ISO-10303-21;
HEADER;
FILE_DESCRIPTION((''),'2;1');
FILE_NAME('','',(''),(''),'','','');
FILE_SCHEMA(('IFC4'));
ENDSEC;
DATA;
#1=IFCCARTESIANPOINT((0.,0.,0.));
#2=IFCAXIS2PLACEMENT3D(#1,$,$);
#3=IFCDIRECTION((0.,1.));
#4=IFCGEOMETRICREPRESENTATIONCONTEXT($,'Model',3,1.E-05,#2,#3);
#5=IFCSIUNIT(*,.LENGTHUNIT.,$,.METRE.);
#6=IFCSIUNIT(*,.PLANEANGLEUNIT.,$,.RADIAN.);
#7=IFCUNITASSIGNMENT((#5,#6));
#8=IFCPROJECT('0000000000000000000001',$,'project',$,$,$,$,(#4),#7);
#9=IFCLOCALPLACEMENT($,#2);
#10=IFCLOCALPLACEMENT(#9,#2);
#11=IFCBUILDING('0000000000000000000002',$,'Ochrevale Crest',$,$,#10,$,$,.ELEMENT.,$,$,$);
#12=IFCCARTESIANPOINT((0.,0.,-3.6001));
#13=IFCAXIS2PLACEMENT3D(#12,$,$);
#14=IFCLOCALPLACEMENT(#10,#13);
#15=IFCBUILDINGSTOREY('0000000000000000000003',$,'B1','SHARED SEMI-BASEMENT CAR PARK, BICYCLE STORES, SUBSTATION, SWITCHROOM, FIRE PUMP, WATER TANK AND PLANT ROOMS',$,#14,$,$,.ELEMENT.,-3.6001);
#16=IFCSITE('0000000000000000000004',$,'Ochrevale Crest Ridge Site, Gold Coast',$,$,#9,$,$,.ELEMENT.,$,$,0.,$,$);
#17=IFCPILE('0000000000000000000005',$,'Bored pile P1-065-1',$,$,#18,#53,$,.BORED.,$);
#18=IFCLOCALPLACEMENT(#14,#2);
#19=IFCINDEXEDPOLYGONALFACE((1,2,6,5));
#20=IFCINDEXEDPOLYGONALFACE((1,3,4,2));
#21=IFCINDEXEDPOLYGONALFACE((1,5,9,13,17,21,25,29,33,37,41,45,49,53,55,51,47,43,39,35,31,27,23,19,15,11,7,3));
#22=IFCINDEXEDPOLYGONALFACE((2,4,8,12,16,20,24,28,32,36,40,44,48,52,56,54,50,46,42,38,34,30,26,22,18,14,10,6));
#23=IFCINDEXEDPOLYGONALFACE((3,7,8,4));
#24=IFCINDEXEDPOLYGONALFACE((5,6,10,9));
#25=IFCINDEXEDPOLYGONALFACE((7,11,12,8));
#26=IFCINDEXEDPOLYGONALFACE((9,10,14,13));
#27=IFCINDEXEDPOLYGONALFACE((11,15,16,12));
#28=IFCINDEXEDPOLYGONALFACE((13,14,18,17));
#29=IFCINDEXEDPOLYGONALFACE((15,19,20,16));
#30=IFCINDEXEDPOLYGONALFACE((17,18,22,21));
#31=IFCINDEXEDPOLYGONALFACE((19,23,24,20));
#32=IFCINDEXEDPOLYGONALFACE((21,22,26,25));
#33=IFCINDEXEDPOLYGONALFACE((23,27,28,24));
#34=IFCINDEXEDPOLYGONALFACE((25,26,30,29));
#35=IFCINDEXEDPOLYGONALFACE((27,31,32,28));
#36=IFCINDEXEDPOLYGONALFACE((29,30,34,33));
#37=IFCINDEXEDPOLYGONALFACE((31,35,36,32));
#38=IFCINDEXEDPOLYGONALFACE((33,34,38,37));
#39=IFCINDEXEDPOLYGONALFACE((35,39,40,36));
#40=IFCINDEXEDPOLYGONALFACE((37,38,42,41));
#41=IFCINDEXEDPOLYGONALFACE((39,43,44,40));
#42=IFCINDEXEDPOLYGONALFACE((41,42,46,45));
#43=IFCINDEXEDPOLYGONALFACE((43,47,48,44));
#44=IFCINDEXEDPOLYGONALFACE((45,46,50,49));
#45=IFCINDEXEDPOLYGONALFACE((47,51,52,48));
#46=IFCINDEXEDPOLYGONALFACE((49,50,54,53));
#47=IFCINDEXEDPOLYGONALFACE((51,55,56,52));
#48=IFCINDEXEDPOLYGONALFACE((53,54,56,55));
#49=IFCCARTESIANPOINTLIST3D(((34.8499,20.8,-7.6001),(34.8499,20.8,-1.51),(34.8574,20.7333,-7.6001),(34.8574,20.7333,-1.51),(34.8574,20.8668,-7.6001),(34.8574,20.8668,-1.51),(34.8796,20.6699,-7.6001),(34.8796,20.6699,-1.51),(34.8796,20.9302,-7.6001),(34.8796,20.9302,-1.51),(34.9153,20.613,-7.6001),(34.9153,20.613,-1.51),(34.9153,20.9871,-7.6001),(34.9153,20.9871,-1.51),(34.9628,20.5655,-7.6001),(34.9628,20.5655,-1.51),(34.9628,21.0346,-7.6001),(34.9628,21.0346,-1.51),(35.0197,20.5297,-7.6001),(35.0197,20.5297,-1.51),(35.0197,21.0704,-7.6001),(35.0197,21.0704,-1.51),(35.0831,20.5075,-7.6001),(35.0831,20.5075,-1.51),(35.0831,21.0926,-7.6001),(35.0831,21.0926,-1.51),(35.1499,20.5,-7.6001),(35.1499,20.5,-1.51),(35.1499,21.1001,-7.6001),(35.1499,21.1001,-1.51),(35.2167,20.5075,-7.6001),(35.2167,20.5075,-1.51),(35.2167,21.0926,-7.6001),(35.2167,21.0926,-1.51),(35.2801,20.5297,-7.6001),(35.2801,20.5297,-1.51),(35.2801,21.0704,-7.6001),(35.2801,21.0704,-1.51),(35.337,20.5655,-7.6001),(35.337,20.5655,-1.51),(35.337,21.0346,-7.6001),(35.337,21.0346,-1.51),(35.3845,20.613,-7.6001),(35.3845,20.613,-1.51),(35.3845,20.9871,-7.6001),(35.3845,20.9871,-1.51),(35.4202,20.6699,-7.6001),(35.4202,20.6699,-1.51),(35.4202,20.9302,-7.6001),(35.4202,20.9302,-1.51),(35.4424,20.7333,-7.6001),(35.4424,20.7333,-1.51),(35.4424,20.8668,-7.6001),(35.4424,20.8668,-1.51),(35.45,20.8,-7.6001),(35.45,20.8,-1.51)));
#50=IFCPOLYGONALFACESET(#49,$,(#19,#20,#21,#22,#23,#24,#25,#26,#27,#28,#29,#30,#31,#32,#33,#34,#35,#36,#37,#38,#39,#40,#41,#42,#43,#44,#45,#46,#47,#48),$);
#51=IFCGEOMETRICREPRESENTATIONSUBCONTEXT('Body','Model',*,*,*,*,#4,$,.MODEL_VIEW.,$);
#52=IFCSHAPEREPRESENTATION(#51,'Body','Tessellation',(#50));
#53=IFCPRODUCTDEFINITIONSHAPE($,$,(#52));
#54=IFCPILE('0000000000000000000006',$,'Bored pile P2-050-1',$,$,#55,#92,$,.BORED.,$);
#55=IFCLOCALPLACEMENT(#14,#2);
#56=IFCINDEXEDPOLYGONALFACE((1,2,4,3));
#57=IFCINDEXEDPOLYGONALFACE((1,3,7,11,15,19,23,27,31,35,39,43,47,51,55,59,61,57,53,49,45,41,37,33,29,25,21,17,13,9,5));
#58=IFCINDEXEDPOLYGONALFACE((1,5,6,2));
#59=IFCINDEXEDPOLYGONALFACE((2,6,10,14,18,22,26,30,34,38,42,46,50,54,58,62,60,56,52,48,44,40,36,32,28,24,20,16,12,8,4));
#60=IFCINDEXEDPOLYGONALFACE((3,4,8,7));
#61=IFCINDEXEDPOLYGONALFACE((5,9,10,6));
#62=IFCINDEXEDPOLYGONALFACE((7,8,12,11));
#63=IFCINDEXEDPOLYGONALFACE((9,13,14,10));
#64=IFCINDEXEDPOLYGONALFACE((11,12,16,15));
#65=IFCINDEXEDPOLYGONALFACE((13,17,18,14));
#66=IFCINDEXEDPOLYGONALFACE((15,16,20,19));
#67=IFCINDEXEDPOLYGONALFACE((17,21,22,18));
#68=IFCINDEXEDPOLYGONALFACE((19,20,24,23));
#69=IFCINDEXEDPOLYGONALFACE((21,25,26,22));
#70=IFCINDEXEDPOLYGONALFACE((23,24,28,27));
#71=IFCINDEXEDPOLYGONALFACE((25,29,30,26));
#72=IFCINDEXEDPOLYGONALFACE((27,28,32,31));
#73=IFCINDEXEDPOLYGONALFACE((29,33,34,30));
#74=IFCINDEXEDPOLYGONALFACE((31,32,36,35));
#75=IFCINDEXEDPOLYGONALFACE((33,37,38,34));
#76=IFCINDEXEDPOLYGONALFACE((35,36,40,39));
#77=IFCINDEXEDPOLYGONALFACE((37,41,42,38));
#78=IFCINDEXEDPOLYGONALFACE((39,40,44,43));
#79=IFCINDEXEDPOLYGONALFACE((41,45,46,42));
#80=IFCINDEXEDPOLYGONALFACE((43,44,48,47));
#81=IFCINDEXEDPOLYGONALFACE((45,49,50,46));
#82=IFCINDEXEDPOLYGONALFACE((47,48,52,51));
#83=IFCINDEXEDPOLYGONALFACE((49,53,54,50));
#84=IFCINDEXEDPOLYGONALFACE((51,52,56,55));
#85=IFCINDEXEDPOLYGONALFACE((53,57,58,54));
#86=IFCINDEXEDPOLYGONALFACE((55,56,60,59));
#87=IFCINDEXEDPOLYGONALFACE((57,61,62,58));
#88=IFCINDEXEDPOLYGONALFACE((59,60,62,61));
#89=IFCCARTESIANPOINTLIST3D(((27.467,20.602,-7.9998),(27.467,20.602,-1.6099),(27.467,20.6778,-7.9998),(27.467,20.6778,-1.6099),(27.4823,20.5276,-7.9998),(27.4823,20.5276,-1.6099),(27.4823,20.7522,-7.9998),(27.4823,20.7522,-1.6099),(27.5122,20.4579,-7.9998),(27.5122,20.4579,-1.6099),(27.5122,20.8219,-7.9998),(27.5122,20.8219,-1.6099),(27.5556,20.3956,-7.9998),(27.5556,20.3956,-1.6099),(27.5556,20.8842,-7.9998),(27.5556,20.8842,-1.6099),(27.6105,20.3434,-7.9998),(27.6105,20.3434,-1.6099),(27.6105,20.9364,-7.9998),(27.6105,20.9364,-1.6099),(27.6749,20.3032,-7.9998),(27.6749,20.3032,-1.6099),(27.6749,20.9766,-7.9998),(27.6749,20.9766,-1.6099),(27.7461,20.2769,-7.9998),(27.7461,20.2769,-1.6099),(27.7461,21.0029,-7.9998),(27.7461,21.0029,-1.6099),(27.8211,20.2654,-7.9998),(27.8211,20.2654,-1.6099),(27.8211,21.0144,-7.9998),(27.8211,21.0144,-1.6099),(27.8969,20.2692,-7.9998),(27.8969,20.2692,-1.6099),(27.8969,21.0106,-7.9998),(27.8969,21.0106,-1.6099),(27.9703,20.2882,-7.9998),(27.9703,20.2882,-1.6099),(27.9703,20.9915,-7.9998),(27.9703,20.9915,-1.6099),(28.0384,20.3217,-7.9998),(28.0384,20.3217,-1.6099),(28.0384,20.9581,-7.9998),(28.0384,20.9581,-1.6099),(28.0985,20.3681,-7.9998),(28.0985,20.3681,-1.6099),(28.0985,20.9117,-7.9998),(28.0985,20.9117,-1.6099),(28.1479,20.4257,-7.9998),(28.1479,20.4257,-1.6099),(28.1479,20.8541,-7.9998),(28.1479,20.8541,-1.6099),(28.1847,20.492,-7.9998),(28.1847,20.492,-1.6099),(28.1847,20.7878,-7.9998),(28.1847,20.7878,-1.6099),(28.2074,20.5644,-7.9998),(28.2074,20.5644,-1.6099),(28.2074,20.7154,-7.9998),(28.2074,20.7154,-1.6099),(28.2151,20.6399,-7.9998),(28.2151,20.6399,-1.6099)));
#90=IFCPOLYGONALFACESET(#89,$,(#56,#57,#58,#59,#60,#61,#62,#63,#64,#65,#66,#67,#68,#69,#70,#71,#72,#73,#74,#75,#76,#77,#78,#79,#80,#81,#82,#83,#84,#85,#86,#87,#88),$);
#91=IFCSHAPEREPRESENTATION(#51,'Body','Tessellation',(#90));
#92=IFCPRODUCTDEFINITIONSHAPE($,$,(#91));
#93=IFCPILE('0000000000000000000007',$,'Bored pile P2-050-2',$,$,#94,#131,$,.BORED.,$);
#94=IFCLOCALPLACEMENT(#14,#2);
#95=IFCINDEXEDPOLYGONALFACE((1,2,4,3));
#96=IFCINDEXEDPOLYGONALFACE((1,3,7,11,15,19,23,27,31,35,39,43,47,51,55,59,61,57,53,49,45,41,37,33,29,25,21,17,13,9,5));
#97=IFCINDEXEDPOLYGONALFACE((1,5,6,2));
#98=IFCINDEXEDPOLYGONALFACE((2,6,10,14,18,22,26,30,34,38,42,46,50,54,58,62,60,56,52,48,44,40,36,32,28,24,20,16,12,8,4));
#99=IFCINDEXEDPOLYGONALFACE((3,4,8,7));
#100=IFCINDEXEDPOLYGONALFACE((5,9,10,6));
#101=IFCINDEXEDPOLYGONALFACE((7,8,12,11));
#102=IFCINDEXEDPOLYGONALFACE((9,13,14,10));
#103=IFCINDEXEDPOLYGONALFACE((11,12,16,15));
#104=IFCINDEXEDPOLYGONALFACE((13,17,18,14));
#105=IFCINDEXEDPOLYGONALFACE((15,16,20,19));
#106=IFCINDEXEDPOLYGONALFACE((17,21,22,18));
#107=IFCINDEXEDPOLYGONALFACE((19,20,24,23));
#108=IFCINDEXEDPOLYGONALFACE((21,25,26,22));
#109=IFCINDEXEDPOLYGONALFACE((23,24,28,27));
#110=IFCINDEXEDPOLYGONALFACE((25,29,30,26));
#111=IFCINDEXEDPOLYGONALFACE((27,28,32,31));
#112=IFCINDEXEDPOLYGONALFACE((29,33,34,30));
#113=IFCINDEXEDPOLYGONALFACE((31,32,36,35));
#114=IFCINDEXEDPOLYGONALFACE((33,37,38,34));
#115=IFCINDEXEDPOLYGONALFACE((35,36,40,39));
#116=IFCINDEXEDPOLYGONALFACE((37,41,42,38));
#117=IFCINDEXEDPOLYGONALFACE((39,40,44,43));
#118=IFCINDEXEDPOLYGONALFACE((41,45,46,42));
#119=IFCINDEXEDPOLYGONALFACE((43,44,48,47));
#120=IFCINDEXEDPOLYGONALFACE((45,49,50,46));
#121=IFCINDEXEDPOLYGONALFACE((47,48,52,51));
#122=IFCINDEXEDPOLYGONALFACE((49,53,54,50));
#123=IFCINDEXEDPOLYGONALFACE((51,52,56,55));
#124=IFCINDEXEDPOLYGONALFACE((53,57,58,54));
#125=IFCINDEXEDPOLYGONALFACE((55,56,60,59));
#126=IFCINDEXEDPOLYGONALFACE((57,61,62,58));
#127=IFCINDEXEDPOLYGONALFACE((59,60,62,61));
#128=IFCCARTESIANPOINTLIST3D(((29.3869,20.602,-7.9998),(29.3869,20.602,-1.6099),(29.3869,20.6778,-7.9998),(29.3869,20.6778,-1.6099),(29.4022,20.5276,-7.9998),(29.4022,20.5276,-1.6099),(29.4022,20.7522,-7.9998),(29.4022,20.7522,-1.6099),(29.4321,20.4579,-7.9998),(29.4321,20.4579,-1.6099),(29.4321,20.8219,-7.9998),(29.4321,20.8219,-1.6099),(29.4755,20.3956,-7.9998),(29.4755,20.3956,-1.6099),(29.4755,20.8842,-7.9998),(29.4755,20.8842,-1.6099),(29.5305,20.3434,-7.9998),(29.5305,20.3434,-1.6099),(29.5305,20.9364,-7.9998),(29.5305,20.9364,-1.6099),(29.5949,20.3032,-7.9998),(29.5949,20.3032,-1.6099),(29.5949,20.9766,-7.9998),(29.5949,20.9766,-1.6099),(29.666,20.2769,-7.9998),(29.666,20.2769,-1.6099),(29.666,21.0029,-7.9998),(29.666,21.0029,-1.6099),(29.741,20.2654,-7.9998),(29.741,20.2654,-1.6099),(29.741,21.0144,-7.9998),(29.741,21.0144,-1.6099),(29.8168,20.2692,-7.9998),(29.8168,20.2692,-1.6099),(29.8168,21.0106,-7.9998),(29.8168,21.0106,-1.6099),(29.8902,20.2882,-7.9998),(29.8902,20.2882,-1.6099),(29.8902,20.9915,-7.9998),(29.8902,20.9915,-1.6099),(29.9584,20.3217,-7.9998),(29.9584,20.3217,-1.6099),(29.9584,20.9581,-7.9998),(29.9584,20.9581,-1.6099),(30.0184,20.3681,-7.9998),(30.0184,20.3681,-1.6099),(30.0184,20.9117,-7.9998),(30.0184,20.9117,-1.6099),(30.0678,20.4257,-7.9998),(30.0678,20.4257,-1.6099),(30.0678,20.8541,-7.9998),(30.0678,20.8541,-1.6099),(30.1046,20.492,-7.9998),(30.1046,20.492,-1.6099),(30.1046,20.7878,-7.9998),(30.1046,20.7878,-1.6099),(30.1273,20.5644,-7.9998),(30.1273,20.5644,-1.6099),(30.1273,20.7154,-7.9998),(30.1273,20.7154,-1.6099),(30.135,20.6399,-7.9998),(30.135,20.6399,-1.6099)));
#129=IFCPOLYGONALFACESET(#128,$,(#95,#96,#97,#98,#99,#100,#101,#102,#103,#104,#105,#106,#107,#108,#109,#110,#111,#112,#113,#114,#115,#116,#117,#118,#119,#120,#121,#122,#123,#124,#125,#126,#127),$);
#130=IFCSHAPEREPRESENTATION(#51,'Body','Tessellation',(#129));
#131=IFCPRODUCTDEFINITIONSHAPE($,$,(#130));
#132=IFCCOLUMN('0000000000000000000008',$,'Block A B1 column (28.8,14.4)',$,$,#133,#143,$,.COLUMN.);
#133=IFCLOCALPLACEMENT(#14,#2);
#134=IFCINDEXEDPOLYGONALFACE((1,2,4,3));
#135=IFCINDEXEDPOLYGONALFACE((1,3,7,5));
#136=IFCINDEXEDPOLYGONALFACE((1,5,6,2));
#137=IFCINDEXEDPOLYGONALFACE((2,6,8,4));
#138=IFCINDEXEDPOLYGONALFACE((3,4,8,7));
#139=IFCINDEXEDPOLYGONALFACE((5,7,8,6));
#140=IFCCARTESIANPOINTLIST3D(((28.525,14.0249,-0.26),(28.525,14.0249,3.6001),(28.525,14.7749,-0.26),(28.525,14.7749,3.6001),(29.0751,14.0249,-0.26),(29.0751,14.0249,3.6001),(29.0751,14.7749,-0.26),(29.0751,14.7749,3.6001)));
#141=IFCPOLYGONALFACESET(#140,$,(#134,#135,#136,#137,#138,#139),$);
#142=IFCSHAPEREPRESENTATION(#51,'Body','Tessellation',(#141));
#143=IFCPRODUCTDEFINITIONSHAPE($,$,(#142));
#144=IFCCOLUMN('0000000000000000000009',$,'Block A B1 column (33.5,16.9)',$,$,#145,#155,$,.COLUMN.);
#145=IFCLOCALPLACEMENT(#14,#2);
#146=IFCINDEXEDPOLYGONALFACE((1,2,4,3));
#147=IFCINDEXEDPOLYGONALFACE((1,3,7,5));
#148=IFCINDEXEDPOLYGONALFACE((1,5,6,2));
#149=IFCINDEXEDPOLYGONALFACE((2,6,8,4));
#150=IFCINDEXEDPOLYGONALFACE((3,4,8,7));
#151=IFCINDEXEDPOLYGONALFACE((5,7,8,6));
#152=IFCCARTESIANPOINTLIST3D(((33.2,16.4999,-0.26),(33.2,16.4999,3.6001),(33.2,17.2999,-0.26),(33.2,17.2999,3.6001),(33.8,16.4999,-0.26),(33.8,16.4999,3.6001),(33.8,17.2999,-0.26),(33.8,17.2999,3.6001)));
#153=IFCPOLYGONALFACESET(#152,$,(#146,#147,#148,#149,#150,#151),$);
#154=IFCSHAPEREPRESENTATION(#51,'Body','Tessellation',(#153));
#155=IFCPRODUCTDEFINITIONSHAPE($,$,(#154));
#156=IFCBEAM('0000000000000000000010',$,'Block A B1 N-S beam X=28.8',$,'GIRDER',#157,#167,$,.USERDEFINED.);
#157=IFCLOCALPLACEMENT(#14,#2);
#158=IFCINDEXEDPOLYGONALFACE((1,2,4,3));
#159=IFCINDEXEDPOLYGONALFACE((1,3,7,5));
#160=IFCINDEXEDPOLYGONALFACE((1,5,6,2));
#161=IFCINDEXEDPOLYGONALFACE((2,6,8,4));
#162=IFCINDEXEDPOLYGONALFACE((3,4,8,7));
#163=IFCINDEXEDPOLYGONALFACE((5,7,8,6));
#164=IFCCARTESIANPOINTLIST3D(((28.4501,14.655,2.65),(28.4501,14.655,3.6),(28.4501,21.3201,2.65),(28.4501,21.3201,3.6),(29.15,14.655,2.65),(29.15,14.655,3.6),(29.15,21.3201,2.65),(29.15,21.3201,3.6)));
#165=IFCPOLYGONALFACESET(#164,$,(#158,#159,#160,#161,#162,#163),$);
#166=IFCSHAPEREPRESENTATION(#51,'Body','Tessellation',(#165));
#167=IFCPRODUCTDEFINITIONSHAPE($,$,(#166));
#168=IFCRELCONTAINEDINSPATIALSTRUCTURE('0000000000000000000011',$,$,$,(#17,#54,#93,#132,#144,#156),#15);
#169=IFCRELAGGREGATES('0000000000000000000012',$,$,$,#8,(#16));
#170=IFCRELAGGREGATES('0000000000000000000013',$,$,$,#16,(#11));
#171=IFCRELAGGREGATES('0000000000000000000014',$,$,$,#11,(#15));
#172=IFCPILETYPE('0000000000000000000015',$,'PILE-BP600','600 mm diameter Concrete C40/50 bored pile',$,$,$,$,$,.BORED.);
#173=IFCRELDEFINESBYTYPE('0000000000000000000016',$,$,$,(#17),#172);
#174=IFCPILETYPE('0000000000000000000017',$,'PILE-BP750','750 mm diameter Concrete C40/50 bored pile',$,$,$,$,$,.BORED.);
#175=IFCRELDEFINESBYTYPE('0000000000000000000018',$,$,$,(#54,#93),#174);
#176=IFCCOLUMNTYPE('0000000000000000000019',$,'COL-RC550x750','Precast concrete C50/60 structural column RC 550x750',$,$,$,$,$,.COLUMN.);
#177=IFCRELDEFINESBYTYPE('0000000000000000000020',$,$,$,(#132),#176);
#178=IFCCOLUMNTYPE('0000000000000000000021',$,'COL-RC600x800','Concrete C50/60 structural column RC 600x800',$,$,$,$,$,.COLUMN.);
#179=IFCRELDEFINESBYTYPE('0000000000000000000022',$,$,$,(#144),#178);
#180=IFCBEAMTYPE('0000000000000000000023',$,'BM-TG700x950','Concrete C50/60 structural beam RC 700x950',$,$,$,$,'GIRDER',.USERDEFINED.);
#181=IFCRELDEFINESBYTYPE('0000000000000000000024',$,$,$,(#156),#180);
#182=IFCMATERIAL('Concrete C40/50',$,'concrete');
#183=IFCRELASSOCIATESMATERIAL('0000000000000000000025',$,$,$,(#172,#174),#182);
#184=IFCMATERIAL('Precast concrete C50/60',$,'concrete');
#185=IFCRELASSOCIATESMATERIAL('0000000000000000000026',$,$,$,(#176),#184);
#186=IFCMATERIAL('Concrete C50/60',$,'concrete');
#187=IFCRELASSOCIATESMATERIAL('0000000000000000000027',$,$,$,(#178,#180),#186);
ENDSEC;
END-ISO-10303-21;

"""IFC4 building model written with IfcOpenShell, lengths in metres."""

from ifc_helpers import new_model, si_unit, direction, frame, origin, origin_2d, place, context, subcontext, project, spatial, rectangle, circle, extrude, material, material_profile, profile_set, type_object, element, save


model = new_model("IFC4")

# Units and contexts
model_context = context("Model", 3, precision=1e-05, world=origin(), true_north=direction((0.0, 1.0)))
body_context = subcontext(model_context, "Body", "Model", "MODEL_VIEW")
ifc_project = project(units=[si_unit("LENGTHUNIT", "METRE"), si_unit("PLANEANGLEUNIT", "RADIAN")], contexts=[model_context])

# Site, building, storey
site_placement = place(None, origin())
site = spatial("IfcSite", under=ifc_project, at=site_placement, Name="Ochrevale Crest Ridge Site, Gold Coast", CompositionType="ELEMENT", RefElevation=0.0)
building_placement = place(site_placement, origin())
building = spatial("IfcBuilding", under=site, at=building_placement, Name="Ochrevale Crest", CompositionType="ELEMENT")
storey_placement = place(building_placement, frame((0.0, 0.0, -3.6001)))
storey = spatial("IfcBuildingStorey", under=building, at=storey_placement, Name="B1", Description="SHARED SEMI-BASEMENT CAR PARK, BICYCLE STORES, SUBSTATION, SWITCHROOM, FIRE PUMP, WATER TANK AND PLANT ROOMS", CompositionType="ELEMENT", Elevation=-3.6001)

# Shared definitions
ifc_material_1 = material(Name="Concrete C40/50", Category="concrete")

# Piles
ifc_material_profile_1 = material_profile(ifc_material_1, circle(Radius=0.3, at=origin_2d()), Name="BORED PILE 600")
ifc_profile_set_1 = profile_set([ifc_material_profile_1], Name="Concrete C40/50")
pile_type_1 = type_object("IfcPileType", Name="PILE-BP600", Description="600 mm diameter Concrete C40/50 bored pile", PredefinedType="BORED", material=ifc_profile_set_1)
for number, where, z_axis, x_axis, name in (
    (1, (35.1499, 20.8, -1.51), (0.0, 0.0, -1.0), (1.0, 0.0, 0.0), "Bored pile P1-065-1"),
):
    element("IfcPile", number, at=place(storey_placement, frame(where, z_axis=z_axis, x_axis=x_axis)), inside=storey, type_object=pile_type_1, Name=name, PredefinedType="BORED", context=body_context, shape_type="SweptSolid", body=[
        extrude(circle(Radius=0.3, at=origin_2d()), origin(), (0.0, 0.0, 1.0), 6.0901),
    ])
ifc_material_profile_2 = material_profile(ifc_material_1, circle(Radius=0.375, at=origin_2d()), Name="BORED PILE 750")
ifc_profile_set_2 = profile_set([ifc_material_profile_2], Name="Concrete C40/50")
pile_type_2 = type_object("IfcPileType", Name="PILE-BP750", Description="750 mm diameter Concrete C40/50 bored pile", PredefinedType="BORED", material=ifc_profile_set_2)
for number, where, z_axis, x_axis, name in (
    (2, (27.8401, 20.6399, -1.6099), (0.0, 0.0, -1.0), (1.0, 0.0, 0.0), "Bored pile P2-050-1"),
    (3, (29.76, 20.6399, -1.6099), (0.0, 0.0, -1.0), (1.0, 0.0, 0.0), "Bored pile P2-050-2"),
):
    element("IfcPile", number, at=place(storey_placement, frame(where, z_axis=z_axis, x_axis=x_axis)), inside=storey, type_object=pile_type_2, Name=name, PredefinedType="BORED", context=body_context, shape_type="SweptSolid", body=[
        extrude(circle(Radius=0.375, at=origin_2d()), origin(), (0.0, 0.0, 1.0), 6.3899),
    ])

# Columns
ifc_material_2 = material(Name="Precast concrete C50/60", Category="concrete")
ifc_material_profile_3 = material_profile(ifc_material_2, rectangle(XDim=0.55, YDim=0.75, at=origin_2d()), Name="RC 550x750")
ifc_profile_set_3 = profile_set([ifc_material_profile_3], Name="Precast concrete C50/60")
column_type_1 = type_object("IfcColumnType", Name="COL-RC550x750", Description="Precast concrete C50/60 structural column RC 550x750", PredefinedType="COLUMN", material=ifc_profile_set_3)
column_1_placement = place(storey_placement, frame((28.8, 14.3999, -0.26), z_axis=(0.0, 0.0, 1.0), x_axis=(1.0, 0.0, 0.0)))
element("IfcColumn", 4, at=column_1_placement, inside=storey, type_object=column_type_1, Name="Block A B1 column (28.8,14.4)", PredefinedType="COLUMN", context=body_context, shape_type="SweptSolid", body=[
    extrude(rectangle(XDim=0.55, YDim=0.75, at=origin_2d()), origin(), (0.0, 0.0, 1.0), 3.8601),
])
ifc_material_3 = material(Name="Concrete C50/60", Category="concrete")
ifc_material_profile_4 = material_profile(ifc_material_3, rectangle(XDim=0.6001, YDim=0.8, at=origin_2d()), Name="RC 600x800")
ifc_profile_set_4 = profile_set([ifc_material_profile_4], Name="Concrete C50/60")
column_type_2 = type_object("IfcColumnType", Name="COL-RC600x800", Description="Concrete C50/60 structural column RC 600x800", PredefinedType="COLUMN", material=ifc_profile_set_4)
column_2_placement = place(storey_placement, frame((33.5, 16.8999, -0.26), z_axis=(0.0, 0.0, 1.0), x_axis=(1.0, 0.0, 0.0)))
element("IfcColumn", 5, at=column_2_placement, inside=storey, type_object=column_type_2, Name="Block A B1 column (33.5,16.9)", PredefinedType="COLUMN", context=body_context, shape_type="SweptSolid", body=[
    extrude(rectangle(XDim=0.6001, YDim=0.8, at=origin_2d()), origin(), (0.0, 0.0, 1.0), 3.8601),
])

# Beam
ifc_material_profile_5 = material_profile(ifc_material_3, rectangle(XDim=0.7, YDim=0.95, at=origin_2d()), Name="RC 700x950")
ifc_profile_set_5 = profile_set([ifc_material_profile_5], Name="Concrete C50/60")
beam_type_1 = type_object("IfcBeamType", Name="BM-TG700x950", Description="Concrete C50/60 structural beam RC 700x950", ElementType="GIRDER", PredefinedType="USERDEFINED", material=ifc_profile_set_5)
beam_1_placement = place(storey_placement, frame((28.8, 14.655, 3.125), z_axis=(0.0, 1.0, 0.0), x_axis=(-1.0, 0.0, 0.0)))
element("IfcBeam", 6, at=beam_1_placement, inside=storey, type_object=beam_type_1, Name="Block A B1 N-S beam X=28.8", ObjectType="GIRDER", PredefinedType="USERDEFINED", context=body_context, shape_type="SweptSolid", body=[
    extrude(rectangle(XDim=0.7, YDim=0.95, at=origin_2d()), origin(), (0.0, 0.0, 1.0), 6.665),
])

save(model, "model.ifc")
